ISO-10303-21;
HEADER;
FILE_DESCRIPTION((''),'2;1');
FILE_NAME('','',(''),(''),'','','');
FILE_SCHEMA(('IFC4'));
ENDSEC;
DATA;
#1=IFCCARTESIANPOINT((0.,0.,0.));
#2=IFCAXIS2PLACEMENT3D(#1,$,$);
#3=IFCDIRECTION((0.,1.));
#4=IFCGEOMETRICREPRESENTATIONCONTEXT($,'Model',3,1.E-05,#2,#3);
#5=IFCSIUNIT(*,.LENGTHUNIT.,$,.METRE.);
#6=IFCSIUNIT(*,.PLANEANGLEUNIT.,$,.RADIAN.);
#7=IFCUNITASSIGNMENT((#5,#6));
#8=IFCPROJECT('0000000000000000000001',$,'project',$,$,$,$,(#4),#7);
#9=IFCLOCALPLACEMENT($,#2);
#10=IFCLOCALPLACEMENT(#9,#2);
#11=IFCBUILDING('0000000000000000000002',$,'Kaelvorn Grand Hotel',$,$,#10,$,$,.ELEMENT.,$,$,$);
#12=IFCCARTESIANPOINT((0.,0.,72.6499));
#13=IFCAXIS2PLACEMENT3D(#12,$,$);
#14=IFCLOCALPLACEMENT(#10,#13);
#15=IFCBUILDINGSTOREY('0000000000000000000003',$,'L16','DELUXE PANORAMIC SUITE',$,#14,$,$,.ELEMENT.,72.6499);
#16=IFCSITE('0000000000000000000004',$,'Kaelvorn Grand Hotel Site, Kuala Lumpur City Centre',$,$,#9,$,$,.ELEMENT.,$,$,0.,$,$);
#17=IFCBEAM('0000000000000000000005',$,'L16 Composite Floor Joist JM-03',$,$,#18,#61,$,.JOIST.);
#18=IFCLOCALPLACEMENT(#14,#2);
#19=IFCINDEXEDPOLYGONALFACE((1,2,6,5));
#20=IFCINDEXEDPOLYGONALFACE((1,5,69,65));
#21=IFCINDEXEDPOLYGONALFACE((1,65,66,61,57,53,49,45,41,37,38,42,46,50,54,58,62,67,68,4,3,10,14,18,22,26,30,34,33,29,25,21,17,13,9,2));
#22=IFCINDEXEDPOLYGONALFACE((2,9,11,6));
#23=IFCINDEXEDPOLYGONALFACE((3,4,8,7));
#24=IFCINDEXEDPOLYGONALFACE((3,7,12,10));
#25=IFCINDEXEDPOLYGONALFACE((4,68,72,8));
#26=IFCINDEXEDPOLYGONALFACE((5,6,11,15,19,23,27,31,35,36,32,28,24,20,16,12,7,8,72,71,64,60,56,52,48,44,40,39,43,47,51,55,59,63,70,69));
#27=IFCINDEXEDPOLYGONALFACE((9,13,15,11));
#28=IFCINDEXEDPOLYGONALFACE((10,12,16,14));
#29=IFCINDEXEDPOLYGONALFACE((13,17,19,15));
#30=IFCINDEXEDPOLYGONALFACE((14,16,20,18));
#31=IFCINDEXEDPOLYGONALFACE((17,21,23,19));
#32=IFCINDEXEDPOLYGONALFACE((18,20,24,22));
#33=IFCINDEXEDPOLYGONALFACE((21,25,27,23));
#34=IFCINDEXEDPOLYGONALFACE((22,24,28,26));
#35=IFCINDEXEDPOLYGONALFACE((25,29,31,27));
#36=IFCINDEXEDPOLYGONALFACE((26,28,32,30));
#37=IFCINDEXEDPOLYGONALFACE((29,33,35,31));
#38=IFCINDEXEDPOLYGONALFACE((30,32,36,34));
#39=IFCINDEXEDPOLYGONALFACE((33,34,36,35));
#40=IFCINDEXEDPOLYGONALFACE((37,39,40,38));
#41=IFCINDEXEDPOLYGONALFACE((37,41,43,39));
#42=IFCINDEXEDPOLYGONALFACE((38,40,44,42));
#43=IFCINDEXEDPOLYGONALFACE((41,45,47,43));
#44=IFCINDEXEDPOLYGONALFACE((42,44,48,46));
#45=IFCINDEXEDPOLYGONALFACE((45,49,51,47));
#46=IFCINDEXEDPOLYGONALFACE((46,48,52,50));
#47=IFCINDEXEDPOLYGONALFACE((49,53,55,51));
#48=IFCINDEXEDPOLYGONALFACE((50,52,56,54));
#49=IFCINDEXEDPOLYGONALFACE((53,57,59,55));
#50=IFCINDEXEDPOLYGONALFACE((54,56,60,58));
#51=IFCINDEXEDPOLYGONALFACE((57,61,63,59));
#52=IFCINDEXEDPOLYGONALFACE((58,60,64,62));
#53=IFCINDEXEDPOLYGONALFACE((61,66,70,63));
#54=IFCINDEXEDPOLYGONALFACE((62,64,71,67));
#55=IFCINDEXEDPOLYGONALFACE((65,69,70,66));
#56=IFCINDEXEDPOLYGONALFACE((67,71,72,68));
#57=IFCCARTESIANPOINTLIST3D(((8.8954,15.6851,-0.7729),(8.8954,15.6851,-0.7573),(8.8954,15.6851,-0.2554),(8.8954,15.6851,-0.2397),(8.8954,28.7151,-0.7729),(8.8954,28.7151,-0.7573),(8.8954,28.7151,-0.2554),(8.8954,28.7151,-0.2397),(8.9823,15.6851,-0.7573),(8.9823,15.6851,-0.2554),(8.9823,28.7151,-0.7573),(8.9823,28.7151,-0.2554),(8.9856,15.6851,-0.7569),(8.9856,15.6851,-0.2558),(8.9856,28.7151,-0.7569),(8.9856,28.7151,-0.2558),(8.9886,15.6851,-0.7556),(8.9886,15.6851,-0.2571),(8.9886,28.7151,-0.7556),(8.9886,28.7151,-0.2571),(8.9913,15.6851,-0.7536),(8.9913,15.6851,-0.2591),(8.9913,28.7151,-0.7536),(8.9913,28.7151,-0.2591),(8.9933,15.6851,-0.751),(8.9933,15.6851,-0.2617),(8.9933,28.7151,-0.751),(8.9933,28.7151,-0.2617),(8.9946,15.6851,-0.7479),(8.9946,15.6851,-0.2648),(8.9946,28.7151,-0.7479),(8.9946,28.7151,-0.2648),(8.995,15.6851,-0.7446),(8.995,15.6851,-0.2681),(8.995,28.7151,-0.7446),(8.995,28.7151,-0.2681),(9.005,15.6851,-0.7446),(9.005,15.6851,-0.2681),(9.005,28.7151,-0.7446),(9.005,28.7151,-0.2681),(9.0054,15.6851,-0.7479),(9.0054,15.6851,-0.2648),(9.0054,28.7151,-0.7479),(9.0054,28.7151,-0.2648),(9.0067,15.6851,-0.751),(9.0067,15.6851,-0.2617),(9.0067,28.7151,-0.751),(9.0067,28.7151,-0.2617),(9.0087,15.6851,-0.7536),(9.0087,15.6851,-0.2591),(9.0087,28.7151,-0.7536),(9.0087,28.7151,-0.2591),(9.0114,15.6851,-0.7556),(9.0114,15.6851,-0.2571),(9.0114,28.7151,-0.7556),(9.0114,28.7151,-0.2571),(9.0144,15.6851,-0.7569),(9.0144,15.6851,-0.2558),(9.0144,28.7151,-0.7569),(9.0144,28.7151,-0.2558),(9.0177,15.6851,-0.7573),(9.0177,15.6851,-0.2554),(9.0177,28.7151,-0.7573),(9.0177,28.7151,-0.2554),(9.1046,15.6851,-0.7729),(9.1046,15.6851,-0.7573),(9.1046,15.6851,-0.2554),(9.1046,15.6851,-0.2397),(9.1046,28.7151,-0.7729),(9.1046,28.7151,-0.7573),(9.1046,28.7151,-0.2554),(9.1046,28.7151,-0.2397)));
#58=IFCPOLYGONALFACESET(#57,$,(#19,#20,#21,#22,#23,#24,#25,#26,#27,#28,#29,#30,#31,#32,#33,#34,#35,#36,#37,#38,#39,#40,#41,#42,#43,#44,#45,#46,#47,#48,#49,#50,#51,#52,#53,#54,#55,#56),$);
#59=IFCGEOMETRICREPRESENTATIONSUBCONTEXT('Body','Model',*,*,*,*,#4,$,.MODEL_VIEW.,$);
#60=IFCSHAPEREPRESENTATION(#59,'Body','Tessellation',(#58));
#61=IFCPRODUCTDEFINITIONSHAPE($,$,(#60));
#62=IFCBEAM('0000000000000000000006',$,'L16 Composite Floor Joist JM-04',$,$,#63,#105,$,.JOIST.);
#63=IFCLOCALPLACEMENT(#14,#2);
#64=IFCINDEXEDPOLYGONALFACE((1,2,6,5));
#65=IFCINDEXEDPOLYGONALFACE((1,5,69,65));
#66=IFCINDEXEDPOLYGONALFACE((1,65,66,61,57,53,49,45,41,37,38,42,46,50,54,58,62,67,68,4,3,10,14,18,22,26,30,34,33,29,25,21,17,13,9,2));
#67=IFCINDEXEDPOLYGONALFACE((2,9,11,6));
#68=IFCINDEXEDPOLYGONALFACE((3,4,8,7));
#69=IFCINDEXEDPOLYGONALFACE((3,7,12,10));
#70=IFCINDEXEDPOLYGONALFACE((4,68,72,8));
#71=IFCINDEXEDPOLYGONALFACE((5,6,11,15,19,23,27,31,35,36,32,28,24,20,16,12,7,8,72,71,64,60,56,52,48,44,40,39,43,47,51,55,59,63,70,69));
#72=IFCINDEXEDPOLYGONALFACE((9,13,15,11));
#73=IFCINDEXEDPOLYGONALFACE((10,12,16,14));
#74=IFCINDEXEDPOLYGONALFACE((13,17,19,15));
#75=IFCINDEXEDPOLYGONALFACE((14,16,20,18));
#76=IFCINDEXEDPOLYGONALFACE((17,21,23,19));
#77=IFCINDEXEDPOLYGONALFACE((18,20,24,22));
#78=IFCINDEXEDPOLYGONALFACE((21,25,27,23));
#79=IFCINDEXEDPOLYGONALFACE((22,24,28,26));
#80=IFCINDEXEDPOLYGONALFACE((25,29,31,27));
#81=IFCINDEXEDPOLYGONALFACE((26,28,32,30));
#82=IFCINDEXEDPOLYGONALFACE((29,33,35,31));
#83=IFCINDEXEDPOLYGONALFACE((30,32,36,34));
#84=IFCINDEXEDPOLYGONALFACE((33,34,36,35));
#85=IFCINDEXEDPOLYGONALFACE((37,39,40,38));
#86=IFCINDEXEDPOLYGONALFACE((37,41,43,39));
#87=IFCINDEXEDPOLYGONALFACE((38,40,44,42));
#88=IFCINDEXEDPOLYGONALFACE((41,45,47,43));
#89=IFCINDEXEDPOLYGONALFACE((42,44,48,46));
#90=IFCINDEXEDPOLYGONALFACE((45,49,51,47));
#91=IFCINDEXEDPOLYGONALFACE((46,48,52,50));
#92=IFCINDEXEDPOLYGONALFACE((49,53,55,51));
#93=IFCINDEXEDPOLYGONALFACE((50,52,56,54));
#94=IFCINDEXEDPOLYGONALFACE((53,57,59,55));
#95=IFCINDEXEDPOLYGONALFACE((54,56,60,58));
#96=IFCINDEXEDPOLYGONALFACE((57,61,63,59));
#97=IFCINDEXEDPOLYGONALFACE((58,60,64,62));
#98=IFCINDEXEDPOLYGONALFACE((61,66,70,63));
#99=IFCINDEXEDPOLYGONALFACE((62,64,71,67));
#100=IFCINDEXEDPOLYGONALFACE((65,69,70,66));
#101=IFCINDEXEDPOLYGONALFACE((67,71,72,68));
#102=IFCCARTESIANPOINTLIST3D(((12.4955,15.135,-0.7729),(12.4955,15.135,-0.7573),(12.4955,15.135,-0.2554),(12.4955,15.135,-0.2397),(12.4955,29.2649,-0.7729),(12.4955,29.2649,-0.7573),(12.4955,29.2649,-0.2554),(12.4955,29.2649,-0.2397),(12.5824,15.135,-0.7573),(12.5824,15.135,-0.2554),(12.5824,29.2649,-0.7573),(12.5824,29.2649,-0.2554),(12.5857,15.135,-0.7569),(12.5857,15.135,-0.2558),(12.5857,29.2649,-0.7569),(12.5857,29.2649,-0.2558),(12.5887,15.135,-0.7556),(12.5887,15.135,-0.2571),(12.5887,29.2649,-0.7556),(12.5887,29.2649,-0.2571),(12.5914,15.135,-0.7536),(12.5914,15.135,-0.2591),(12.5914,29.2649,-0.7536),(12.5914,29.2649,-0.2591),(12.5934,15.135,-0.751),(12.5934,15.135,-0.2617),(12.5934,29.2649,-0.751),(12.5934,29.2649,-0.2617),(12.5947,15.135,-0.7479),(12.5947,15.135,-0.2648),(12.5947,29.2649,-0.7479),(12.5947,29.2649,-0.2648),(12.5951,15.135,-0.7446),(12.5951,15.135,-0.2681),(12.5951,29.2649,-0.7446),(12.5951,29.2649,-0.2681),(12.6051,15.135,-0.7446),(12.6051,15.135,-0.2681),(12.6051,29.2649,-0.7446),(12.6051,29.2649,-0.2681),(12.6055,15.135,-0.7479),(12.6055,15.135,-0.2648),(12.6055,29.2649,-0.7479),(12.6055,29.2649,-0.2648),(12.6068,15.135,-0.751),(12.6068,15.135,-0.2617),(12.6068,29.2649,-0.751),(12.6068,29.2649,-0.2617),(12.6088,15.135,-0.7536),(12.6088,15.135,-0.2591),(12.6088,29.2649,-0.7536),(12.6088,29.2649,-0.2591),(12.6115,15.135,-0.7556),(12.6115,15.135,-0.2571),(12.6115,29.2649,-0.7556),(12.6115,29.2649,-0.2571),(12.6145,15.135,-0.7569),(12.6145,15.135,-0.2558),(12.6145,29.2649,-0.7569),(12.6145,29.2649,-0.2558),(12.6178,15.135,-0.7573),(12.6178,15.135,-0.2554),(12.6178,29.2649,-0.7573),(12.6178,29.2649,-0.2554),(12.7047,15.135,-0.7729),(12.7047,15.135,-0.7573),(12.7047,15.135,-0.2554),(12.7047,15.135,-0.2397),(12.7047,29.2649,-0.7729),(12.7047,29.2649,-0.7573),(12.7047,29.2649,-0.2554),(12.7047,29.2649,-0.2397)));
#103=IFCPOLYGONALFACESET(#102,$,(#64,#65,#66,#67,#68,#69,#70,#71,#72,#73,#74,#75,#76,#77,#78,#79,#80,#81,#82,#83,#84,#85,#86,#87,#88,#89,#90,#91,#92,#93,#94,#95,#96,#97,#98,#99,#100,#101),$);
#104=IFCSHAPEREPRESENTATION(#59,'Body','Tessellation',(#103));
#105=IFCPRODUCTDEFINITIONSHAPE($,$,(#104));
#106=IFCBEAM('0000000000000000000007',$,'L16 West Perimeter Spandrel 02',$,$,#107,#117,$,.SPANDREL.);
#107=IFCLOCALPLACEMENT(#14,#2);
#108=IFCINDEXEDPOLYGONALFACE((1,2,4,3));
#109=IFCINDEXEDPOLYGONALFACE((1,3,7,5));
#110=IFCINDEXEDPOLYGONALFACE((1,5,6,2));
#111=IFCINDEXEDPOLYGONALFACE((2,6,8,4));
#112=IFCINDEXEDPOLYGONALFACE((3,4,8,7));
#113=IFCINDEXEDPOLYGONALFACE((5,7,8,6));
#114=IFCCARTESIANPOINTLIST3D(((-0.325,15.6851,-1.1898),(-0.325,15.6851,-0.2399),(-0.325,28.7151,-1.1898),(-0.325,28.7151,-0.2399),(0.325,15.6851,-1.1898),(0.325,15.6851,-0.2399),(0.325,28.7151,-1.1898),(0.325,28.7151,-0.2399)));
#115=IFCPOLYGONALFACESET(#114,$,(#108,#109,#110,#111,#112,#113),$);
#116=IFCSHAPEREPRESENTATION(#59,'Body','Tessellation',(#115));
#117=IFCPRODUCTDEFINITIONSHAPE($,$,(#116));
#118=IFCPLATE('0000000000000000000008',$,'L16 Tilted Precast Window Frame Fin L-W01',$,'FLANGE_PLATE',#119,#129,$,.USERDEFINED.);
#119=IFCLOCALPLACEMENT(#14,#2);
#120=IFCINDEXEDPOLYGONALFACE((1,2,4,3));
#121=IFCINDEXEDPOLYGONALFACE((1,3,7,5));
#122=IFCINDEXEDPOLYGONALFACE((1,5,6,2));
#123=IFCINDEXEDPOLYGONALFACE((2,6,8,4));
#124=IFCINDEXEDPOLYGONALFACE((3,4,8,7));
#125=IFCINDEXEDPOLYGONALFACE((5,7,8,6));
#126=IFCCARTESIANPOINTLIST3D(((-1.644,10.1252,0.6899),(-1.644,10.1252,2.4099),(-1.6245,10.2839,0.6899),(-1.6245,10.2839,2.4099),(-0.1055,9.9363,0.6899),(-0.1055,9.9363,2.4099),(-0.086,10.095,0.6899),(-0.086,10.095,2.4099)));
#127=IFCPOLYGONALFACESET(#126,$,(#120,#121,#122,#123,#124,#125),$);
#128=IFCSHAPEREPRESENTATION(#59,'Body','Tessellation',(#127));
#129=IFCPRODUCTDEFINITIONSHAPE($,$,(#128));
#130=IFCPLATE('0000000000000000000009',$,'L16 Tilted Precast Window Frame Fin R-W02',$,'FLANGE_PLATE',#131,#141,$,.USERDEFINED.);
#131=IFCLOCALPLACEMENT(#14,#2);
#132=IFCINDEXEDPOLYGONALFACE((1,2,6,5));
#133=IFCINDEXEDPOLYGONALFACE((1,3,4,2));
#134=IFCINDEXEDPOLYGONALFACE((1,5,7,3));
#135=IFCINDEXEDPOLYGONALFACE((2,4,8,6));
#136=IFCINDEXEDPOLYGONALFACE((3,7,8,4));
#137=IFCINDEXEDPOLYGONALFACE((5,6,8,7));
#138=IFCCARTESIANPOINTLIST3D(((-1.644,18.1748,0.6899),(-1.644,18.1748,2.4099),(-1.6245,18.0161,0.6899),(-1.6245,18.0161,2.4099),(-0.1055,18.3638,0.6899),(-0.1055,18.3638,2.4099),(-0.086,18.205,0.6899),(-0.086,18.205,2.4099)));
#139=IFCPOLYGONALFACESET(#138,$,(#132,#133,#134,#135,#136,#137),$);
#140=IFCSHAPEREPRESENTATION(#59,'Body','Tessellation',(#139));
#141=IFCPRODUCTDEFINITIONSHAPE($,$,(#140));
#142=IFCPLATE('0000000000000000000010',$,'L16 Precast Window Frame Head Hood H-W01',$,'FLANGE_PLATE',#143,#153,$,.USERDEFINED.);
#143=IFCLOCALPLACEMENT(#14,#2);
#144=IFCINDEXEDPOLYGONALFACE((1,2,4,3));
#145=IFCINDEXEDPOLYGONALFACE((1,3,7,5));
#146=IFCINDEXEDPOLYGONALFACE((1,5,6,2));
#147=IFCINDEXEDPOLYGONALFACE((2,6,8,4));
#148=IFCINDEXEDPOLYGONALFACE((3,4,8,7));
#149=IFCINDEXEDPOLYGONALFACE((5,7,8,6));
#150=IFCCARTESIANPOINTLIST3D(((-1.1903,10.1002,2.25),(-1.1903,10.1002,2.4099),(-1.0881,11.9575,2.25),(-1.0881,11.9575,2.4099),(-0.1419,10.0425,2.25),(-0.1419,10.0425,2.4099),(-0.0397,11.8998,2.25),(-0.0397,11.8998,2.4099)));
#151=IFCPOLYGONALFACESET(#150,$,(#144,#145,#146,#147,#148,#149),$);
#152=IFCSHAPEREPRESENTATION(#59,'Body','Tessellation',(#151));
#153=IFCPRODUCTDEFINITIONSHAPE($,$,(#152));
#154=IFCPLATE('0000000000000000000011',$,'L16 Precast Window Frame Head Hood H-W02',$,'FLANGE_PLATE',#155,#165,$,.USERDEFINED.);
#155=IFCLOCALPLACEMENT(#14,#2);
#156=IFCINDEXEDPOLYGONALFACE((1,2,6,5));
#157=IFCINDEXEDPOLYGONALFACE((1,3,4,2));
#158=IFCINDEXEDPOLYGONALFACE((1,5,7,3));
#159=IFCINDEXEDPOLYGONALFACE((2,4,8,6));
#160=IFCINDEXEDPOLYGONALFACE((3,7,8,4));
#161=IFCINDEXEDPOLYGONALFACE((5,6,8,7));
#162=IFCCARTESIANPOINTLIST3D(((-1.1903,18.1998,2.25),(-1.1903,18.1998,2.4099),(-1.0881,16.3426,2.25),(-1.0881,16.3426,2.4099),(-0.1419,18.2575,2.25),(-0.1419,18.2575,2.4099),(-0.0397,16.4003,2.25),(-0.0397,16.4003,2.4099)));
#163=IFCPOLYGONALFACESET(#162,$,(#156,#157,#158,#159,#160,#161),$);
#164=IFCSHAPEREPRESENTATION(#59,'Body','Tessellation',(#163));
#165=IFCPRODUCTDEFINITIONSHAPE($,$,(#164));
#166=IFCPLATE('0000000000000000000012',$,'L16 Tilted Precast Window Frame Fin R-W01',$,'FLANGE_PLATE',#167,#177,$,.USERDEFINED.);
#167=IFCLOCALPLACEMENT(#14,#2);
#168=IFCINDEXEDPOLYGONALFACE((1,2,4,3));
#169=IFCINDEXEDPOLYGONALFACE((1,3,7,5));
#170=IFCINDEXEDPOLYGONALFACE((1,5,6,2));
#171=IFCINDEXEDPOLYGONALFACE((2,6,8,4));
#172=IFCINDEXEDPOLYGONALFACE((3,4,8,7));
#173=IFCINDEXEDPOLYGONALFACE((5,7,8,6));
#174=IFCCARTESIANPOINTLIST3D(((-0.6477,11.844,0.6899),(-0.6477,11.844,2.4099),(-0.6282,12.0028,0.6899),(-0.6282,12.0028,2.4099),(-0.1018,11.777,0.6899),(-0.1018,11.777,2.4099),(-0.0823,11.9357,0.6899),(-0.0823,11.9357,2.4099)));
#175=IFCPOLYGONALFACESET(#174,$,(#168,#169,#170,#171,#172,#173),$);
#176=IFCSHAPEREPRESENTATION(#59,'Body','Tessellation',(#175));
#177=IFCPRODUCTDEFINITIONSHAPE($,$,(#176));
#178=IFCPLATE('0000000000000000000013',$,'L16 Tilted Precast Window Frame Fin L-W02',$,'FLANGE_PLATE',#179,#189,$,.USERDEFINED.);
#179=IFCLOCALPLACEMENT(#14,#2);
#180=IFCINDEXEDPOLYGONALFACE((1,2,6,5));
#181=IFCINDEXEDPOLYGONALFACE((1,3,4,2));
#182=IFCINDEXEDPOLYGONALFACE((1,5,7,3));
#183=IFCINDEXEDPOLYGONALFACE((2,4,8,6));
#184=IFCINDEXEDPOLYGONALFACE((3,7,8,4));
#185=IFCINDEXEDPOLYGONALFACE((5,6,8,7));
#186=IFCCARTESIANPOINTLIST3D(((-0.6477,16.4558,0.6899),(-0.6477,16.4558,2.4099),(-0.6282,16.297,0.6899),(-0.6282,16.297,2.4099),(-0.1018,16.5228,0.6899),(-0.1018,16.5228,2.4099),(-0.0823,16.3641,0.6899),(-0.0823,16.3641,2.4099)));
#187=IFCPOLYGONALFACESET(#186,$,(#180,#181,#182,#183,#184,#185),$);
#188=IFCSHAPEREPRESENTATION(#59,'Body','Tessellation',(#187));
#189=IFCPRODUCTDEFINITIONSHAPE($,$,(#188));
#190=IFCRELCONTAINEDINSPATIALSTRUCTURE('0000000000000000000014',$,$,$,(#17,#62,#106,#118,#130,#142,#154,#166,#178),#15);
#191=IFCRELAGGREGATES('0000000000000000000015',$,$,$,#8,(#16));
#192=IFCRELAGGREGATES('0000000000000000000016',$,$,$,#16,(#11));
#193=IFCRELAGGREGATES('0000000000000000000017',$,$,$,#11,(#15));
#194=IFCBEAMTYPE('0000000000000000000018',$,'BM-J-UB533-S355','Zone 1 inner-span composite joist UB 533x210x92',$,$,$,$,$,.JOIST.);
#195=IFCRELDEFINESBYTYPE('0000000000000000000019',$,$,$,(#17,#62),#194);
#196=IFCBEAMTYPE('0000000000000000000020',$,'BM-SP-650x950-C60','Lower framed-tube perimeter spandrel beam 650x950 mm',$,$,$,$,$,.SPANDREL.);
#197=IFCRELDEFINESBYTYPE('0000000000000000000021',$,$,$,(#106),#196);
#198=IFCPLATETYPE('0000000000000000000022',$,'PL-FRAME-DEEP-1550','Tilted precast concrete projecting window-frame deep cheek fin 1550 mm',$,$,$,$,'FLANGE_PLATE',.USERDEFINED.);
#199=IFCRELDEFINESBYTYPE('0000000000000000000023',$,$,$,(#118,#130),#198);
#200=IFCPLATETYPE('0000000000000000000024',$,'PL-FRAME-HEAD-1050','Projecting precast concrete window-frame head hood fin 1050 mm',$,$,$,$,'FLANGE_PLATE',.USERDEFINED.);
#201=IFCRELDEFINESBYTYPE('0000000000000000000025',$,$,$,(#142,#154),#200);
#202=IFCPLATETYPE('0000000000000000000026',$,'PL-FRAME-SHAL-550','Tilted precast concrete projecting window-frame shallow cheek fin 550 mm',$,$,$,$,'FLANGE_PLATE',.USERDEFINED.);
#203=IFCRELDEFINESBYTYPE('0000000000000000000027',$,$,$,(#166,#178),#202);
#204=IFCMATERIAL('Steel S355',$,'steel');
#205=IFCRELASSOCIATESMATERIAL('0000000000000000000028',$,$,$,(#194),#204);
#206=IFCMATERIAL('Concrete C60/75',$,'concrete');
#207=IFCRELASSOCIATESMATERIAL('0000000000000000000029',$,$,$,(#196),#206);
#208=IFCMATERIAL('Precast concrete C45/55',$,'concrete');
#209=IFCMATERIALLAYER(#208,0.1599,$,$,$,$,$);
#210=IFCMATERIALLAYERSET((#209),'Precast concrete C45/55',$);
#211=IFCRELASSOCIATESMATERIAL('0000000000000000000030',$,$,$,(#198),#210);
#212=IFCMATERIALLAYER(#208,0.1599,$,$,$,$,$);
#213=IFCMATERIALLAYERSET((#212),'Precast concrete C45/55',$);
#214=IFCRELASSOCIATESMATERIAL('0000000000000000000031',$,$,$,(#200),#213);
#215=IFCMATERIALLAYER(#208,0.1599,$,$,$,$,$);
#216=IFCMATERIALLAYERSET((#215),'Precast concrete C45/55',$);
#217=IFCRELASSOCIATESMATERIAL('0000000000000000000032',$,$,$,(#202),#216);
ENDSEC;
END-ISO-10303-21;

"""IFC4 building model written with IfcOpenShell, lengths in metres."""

from ifc_helpers import new_model, si_unit, direction, frame, origin, origin_2d, place, context, subcontext, project, spatial, rectangle, i_section, extrude, material, layer, layer_set, material_profile, profile_set, type_object, element, save


model = new_model("IFC4")

# Units and contexts
model_context = context("Model", 3, precision=1e-05, world=origin(), true_north=direction((0.0, 1.0)))
body_context = subcontext(model_context, "Body", "Model", "MODEL_VIEW")
ifc_project = project(units=[si_unit("LENGTHUNIT", "METRE"), si_unit("PLANEANGLEUNIT", "RADIAN")], contexts=[model_context])

# Site, building, storey
site_placement = place(None, origin())
site = spatial("IfcSite", under=ifc_project, at=site_placement, Name="Kaelvorn Grand Hotel Site, Kuala Lumpur City Centre", CompositionType="ELEMENT", RefElevation=0.0)
building_placement = place(site_placement, origin())
building = spatial("IfcBuilding", under=site, at=building_placement, Name="Kaelvorn Grand Hotel", CompositionType="ELEMENT")
storey_placement = place(building_placement, frame((0.0, 0.0, 72.6499)))
storey = spatial("IfcBuildingStorey", under=building, at=storey_placement, Name="L16", Description="DELUXE PANORAMIC SUITE", CompositionType="ELEMENT", Elevation=72.6499)

# Beams
ifc_material_1 = material(Name="Steel S355", Category="steel")
ifc_material_profile_1 = material_profile(ifc_material_1, i_section(OverallWidth=0.2092, OverallDepth=0.5332, WebThickness=0.01, FlangeThickness=0.0156, FilletRadius=0.0127, at=origin_2d()), Name="UB 533x210x92")
ifc_profile_set_1 = profile_set([ifc_material_profile_1], Name="Steel S355")
beam_type_1 = type_object("IfcBeamType", Name="BM-J-UB533-S355", Description="Zone 1 inner-span composite joist UB 533x210x92", PredefinedType="JOIST", material=ifc_profile_set_1)
beam_1_placement = place(storey_placement, frame((9.0, 15.6851, -0.5063), z_axis=(0.0, 1.0, 0.0), x_axis=(-1.0, 0.0, 0.0)))
element("IfcBeam", 1, at=beam_1_placement, inside=storey, type_object=beam_type_1, Name="L16 Composite Floor Joist JM-03", PredefinedType="JOIST", context=body_context, shape_type="SweptSolid", body=[
    extrude(i_section(OverallWidth=0.2092, OverallDepth=0.5332, WebThickness=0.01, FlangeThickness=0.0156, FilletRadius=0.0127, at=origin_2d()), origin(), (0.0, 0.0, 1.0), 13.03),
])
beam_2_placement = place(storey_placement, frame((12.6001, 15.135, -0.5063), z_axis=(0.0, 1.0, 0.0), x_axis=(-1.0, 0.0, 0.0)))
element("IfcBeam", 2, at=beam_2_placement, inside=storey, type_object=beam_type_1, Name="L16 Composite Floor Joist JM-04", PredefinedType="JOIST", context=body_context, shape_type="SweptSolid", body=[
    extrude(i_section(OverallWidth=0.2092, OverallDepth=0.5332, WebThickness=0.01, FlangeThickness=0.0156, FilletRadius=0.0127, at=origin_2d()), origin(), (0.0, 0.0, 1.0), 14.1299),
])
ifc_material_2 = material(Name="Concrete C60/75", Category="concrete")
ifc_material_profile_2 = material_profile(ifc_material_2, rectangle(XDim=0.6499, YDim=0.95, at=origin_2d()), Name="RC SPANDREL 650x950")
ifc_profile_set_2 = profile_set([ifc_material_profile_2], Name="Concrete C60/75")
beam_type_2 = type_object("IfcBeamType", Name="BM-SP-650x950-C60", Description="Lower framed-tube perimeter spandrel beam 650x950 mm", PredefinedType="SPANDREL", material=ifc_profile_set_2)
beam_3_placement = place(storey_placement, frame((0.0, 15.6851, -0.7148), z_axis=(0.0, 1.0, 0.0), x_axis=(-1.0, 0.0, 0.0)))
element("IfcBeam", 3, at=beam_3_placement, inside=storey, type_object=beam_type_2, Name="L16 West Perimeter Spandrel 02", PredefinedType="SPANDREL", context=body_context, shape_type="SweptSolid", body=[
    extrude(rectangle(XDim=0.6499, YDim=0.95, at=origin_2d()), origin(), (0.0, 0.0, 1.0), 13.03),
])

# Plates
ifc_material_3 = material(Name="Precast concrete C45/55", Category="concrete")
ifc_layer_1 = layer(ifc_material_3, 0.1599)
ifc_layer_set_1 = layer_set([ifc_layer_1], Name="Precast concrete C45/55")
plate_type_1 = type_object("IfcPlateType", Name="PL-FRAME-DEEP-1550", Description="Tilted precast concrete projecting window-frame deep cheek fin 1550 mm", ElementType="FLANGE_PLATE", PredefinedType="USERDEFINED", material=ifc_layer_set_1)
for number, where, z_axis, x_axis, name in (
    (4, (-0.865, 10.1101, 0.6899), (0.0, 0.0, 1.0), (0.121869, 0.992546, 0.0), "L16 Tilted Precast Window Frame Fin L-W01"),
    (5, (-0.865, 18.1899, 0.6899), (0.0, 0.0, 1.0), (-0.121869, 0.992546, 0.0), "L16 Tilted Precast Window Frame Fin R-W02"),
):
    element("IfcPlate", number, at=place(storey_placement, frame(where, z_axis=z_axis, x_axis=x_axis)), inside=storey, type_object=plate_type_1, Name=name, ObjectType="FLANGE_PLATE", PredefinedType="USERDEFINED", context=body_context, shape_type="SweptSolid", body=[
        extrude(rectangle(XDim=0.1599, YDim=1.55, at=origin_2d()), origin(), (0.0, 0.0, 1.0), 1.72),
    ])
ifc_layer_2 = layer(ifc_material_3, 0.1599)
ifc_layer_set_2 = layer_set([ifc_layer_2], Name="Precast concrete C45/55")
plate_type_2 = type_object("IfcPlateType", Name="PL-FRAME-HEAD-1050", Description="Projecting precast concrete window-frame head hood fin 1050 mm", ElementType="FLANGE_PLATE", PredefinedType="USERDEFINED", material=ifc_layer_set_2)
for number, where, z_axis, x_axis, name in (
    (6, (-0.615, 11.0, 2.25), (0.0, 0.0, 1.0), (0.05495, 0.998489, 0.0), "L16 Precast Window Frame Head Hood H-W01"),
    (7, (-0.615, 17.3, 2.25), (0.0, 0.0, 1.0), (-0.05495, 0.998489, 0.0), "L16 Precast Window Frame Head Hood H-W02"),
):
    element("IfcPlate", number, at=place(storey_placement, frame(where, z_axis=z_axis, x_axis=x_axis)), inside=storey, type_object=plate_type_2, Name=name, ObjectType="FLANGE_PLATE", PredefinedType="USERDEFINED", context=body_context, shape_type="SweptSolid", body=[
        extrude(rectangle(XDim=1.8601, YDim=1.05, at=origin_2d()), origin(), (0.0, 0.0, 1.0), 0.1599),
    ])
ifc_layer_3 = layer(ifc_material_3, 0.1599)
ifc_layer_set_3 = layer_set([ifc_layer_3], Name="Precast concrete C45/55")
plate_type_3 = type_object("IfcPlateType", Name="PL-FRAME-SHAL-550", Description="Tilted precast concrete projecting window-frame shallow cheek fin 550 mm", ElementType="FLANGE_PLATE", PredefinedType="USERDEFINED", material=ifc_layer_set_3)
for number, where, z_axis, x_axis, name in (
    (8, (-0.365, 11.8899, 0.6899), (0.0, 0.0, 1.0), (0.121869, 0.992546, 0.0), "L16 Tilted Precast Window Frame Fin R-W01"),
    (9, (-0.365, 16.4099, 0.6899), (0.0, 0.0, 1.0), (-0.121869, 0.992546, 0.0), "L16 Tilted Precast Window Frame Fin L-W02"),
):
    element("IfcPlate", number, at=place(storey_placement, frame(where, z_axis=z_axis, x_axis=x_axis)), inside=storey, type_object=plate_type_3, Name=name, ObjectType="FLANGE_PLATE", PredefinedType="USERDEFINED", context=body_context, shape_type="SweptSolid", body=[
        extrude(rectangle(XDim=0.1599, YDim=0.55, at=origin_2d()), origin(), (0.0, 0.0, 1.0), 1.72),
    ])

save(model, "model.ifc")
